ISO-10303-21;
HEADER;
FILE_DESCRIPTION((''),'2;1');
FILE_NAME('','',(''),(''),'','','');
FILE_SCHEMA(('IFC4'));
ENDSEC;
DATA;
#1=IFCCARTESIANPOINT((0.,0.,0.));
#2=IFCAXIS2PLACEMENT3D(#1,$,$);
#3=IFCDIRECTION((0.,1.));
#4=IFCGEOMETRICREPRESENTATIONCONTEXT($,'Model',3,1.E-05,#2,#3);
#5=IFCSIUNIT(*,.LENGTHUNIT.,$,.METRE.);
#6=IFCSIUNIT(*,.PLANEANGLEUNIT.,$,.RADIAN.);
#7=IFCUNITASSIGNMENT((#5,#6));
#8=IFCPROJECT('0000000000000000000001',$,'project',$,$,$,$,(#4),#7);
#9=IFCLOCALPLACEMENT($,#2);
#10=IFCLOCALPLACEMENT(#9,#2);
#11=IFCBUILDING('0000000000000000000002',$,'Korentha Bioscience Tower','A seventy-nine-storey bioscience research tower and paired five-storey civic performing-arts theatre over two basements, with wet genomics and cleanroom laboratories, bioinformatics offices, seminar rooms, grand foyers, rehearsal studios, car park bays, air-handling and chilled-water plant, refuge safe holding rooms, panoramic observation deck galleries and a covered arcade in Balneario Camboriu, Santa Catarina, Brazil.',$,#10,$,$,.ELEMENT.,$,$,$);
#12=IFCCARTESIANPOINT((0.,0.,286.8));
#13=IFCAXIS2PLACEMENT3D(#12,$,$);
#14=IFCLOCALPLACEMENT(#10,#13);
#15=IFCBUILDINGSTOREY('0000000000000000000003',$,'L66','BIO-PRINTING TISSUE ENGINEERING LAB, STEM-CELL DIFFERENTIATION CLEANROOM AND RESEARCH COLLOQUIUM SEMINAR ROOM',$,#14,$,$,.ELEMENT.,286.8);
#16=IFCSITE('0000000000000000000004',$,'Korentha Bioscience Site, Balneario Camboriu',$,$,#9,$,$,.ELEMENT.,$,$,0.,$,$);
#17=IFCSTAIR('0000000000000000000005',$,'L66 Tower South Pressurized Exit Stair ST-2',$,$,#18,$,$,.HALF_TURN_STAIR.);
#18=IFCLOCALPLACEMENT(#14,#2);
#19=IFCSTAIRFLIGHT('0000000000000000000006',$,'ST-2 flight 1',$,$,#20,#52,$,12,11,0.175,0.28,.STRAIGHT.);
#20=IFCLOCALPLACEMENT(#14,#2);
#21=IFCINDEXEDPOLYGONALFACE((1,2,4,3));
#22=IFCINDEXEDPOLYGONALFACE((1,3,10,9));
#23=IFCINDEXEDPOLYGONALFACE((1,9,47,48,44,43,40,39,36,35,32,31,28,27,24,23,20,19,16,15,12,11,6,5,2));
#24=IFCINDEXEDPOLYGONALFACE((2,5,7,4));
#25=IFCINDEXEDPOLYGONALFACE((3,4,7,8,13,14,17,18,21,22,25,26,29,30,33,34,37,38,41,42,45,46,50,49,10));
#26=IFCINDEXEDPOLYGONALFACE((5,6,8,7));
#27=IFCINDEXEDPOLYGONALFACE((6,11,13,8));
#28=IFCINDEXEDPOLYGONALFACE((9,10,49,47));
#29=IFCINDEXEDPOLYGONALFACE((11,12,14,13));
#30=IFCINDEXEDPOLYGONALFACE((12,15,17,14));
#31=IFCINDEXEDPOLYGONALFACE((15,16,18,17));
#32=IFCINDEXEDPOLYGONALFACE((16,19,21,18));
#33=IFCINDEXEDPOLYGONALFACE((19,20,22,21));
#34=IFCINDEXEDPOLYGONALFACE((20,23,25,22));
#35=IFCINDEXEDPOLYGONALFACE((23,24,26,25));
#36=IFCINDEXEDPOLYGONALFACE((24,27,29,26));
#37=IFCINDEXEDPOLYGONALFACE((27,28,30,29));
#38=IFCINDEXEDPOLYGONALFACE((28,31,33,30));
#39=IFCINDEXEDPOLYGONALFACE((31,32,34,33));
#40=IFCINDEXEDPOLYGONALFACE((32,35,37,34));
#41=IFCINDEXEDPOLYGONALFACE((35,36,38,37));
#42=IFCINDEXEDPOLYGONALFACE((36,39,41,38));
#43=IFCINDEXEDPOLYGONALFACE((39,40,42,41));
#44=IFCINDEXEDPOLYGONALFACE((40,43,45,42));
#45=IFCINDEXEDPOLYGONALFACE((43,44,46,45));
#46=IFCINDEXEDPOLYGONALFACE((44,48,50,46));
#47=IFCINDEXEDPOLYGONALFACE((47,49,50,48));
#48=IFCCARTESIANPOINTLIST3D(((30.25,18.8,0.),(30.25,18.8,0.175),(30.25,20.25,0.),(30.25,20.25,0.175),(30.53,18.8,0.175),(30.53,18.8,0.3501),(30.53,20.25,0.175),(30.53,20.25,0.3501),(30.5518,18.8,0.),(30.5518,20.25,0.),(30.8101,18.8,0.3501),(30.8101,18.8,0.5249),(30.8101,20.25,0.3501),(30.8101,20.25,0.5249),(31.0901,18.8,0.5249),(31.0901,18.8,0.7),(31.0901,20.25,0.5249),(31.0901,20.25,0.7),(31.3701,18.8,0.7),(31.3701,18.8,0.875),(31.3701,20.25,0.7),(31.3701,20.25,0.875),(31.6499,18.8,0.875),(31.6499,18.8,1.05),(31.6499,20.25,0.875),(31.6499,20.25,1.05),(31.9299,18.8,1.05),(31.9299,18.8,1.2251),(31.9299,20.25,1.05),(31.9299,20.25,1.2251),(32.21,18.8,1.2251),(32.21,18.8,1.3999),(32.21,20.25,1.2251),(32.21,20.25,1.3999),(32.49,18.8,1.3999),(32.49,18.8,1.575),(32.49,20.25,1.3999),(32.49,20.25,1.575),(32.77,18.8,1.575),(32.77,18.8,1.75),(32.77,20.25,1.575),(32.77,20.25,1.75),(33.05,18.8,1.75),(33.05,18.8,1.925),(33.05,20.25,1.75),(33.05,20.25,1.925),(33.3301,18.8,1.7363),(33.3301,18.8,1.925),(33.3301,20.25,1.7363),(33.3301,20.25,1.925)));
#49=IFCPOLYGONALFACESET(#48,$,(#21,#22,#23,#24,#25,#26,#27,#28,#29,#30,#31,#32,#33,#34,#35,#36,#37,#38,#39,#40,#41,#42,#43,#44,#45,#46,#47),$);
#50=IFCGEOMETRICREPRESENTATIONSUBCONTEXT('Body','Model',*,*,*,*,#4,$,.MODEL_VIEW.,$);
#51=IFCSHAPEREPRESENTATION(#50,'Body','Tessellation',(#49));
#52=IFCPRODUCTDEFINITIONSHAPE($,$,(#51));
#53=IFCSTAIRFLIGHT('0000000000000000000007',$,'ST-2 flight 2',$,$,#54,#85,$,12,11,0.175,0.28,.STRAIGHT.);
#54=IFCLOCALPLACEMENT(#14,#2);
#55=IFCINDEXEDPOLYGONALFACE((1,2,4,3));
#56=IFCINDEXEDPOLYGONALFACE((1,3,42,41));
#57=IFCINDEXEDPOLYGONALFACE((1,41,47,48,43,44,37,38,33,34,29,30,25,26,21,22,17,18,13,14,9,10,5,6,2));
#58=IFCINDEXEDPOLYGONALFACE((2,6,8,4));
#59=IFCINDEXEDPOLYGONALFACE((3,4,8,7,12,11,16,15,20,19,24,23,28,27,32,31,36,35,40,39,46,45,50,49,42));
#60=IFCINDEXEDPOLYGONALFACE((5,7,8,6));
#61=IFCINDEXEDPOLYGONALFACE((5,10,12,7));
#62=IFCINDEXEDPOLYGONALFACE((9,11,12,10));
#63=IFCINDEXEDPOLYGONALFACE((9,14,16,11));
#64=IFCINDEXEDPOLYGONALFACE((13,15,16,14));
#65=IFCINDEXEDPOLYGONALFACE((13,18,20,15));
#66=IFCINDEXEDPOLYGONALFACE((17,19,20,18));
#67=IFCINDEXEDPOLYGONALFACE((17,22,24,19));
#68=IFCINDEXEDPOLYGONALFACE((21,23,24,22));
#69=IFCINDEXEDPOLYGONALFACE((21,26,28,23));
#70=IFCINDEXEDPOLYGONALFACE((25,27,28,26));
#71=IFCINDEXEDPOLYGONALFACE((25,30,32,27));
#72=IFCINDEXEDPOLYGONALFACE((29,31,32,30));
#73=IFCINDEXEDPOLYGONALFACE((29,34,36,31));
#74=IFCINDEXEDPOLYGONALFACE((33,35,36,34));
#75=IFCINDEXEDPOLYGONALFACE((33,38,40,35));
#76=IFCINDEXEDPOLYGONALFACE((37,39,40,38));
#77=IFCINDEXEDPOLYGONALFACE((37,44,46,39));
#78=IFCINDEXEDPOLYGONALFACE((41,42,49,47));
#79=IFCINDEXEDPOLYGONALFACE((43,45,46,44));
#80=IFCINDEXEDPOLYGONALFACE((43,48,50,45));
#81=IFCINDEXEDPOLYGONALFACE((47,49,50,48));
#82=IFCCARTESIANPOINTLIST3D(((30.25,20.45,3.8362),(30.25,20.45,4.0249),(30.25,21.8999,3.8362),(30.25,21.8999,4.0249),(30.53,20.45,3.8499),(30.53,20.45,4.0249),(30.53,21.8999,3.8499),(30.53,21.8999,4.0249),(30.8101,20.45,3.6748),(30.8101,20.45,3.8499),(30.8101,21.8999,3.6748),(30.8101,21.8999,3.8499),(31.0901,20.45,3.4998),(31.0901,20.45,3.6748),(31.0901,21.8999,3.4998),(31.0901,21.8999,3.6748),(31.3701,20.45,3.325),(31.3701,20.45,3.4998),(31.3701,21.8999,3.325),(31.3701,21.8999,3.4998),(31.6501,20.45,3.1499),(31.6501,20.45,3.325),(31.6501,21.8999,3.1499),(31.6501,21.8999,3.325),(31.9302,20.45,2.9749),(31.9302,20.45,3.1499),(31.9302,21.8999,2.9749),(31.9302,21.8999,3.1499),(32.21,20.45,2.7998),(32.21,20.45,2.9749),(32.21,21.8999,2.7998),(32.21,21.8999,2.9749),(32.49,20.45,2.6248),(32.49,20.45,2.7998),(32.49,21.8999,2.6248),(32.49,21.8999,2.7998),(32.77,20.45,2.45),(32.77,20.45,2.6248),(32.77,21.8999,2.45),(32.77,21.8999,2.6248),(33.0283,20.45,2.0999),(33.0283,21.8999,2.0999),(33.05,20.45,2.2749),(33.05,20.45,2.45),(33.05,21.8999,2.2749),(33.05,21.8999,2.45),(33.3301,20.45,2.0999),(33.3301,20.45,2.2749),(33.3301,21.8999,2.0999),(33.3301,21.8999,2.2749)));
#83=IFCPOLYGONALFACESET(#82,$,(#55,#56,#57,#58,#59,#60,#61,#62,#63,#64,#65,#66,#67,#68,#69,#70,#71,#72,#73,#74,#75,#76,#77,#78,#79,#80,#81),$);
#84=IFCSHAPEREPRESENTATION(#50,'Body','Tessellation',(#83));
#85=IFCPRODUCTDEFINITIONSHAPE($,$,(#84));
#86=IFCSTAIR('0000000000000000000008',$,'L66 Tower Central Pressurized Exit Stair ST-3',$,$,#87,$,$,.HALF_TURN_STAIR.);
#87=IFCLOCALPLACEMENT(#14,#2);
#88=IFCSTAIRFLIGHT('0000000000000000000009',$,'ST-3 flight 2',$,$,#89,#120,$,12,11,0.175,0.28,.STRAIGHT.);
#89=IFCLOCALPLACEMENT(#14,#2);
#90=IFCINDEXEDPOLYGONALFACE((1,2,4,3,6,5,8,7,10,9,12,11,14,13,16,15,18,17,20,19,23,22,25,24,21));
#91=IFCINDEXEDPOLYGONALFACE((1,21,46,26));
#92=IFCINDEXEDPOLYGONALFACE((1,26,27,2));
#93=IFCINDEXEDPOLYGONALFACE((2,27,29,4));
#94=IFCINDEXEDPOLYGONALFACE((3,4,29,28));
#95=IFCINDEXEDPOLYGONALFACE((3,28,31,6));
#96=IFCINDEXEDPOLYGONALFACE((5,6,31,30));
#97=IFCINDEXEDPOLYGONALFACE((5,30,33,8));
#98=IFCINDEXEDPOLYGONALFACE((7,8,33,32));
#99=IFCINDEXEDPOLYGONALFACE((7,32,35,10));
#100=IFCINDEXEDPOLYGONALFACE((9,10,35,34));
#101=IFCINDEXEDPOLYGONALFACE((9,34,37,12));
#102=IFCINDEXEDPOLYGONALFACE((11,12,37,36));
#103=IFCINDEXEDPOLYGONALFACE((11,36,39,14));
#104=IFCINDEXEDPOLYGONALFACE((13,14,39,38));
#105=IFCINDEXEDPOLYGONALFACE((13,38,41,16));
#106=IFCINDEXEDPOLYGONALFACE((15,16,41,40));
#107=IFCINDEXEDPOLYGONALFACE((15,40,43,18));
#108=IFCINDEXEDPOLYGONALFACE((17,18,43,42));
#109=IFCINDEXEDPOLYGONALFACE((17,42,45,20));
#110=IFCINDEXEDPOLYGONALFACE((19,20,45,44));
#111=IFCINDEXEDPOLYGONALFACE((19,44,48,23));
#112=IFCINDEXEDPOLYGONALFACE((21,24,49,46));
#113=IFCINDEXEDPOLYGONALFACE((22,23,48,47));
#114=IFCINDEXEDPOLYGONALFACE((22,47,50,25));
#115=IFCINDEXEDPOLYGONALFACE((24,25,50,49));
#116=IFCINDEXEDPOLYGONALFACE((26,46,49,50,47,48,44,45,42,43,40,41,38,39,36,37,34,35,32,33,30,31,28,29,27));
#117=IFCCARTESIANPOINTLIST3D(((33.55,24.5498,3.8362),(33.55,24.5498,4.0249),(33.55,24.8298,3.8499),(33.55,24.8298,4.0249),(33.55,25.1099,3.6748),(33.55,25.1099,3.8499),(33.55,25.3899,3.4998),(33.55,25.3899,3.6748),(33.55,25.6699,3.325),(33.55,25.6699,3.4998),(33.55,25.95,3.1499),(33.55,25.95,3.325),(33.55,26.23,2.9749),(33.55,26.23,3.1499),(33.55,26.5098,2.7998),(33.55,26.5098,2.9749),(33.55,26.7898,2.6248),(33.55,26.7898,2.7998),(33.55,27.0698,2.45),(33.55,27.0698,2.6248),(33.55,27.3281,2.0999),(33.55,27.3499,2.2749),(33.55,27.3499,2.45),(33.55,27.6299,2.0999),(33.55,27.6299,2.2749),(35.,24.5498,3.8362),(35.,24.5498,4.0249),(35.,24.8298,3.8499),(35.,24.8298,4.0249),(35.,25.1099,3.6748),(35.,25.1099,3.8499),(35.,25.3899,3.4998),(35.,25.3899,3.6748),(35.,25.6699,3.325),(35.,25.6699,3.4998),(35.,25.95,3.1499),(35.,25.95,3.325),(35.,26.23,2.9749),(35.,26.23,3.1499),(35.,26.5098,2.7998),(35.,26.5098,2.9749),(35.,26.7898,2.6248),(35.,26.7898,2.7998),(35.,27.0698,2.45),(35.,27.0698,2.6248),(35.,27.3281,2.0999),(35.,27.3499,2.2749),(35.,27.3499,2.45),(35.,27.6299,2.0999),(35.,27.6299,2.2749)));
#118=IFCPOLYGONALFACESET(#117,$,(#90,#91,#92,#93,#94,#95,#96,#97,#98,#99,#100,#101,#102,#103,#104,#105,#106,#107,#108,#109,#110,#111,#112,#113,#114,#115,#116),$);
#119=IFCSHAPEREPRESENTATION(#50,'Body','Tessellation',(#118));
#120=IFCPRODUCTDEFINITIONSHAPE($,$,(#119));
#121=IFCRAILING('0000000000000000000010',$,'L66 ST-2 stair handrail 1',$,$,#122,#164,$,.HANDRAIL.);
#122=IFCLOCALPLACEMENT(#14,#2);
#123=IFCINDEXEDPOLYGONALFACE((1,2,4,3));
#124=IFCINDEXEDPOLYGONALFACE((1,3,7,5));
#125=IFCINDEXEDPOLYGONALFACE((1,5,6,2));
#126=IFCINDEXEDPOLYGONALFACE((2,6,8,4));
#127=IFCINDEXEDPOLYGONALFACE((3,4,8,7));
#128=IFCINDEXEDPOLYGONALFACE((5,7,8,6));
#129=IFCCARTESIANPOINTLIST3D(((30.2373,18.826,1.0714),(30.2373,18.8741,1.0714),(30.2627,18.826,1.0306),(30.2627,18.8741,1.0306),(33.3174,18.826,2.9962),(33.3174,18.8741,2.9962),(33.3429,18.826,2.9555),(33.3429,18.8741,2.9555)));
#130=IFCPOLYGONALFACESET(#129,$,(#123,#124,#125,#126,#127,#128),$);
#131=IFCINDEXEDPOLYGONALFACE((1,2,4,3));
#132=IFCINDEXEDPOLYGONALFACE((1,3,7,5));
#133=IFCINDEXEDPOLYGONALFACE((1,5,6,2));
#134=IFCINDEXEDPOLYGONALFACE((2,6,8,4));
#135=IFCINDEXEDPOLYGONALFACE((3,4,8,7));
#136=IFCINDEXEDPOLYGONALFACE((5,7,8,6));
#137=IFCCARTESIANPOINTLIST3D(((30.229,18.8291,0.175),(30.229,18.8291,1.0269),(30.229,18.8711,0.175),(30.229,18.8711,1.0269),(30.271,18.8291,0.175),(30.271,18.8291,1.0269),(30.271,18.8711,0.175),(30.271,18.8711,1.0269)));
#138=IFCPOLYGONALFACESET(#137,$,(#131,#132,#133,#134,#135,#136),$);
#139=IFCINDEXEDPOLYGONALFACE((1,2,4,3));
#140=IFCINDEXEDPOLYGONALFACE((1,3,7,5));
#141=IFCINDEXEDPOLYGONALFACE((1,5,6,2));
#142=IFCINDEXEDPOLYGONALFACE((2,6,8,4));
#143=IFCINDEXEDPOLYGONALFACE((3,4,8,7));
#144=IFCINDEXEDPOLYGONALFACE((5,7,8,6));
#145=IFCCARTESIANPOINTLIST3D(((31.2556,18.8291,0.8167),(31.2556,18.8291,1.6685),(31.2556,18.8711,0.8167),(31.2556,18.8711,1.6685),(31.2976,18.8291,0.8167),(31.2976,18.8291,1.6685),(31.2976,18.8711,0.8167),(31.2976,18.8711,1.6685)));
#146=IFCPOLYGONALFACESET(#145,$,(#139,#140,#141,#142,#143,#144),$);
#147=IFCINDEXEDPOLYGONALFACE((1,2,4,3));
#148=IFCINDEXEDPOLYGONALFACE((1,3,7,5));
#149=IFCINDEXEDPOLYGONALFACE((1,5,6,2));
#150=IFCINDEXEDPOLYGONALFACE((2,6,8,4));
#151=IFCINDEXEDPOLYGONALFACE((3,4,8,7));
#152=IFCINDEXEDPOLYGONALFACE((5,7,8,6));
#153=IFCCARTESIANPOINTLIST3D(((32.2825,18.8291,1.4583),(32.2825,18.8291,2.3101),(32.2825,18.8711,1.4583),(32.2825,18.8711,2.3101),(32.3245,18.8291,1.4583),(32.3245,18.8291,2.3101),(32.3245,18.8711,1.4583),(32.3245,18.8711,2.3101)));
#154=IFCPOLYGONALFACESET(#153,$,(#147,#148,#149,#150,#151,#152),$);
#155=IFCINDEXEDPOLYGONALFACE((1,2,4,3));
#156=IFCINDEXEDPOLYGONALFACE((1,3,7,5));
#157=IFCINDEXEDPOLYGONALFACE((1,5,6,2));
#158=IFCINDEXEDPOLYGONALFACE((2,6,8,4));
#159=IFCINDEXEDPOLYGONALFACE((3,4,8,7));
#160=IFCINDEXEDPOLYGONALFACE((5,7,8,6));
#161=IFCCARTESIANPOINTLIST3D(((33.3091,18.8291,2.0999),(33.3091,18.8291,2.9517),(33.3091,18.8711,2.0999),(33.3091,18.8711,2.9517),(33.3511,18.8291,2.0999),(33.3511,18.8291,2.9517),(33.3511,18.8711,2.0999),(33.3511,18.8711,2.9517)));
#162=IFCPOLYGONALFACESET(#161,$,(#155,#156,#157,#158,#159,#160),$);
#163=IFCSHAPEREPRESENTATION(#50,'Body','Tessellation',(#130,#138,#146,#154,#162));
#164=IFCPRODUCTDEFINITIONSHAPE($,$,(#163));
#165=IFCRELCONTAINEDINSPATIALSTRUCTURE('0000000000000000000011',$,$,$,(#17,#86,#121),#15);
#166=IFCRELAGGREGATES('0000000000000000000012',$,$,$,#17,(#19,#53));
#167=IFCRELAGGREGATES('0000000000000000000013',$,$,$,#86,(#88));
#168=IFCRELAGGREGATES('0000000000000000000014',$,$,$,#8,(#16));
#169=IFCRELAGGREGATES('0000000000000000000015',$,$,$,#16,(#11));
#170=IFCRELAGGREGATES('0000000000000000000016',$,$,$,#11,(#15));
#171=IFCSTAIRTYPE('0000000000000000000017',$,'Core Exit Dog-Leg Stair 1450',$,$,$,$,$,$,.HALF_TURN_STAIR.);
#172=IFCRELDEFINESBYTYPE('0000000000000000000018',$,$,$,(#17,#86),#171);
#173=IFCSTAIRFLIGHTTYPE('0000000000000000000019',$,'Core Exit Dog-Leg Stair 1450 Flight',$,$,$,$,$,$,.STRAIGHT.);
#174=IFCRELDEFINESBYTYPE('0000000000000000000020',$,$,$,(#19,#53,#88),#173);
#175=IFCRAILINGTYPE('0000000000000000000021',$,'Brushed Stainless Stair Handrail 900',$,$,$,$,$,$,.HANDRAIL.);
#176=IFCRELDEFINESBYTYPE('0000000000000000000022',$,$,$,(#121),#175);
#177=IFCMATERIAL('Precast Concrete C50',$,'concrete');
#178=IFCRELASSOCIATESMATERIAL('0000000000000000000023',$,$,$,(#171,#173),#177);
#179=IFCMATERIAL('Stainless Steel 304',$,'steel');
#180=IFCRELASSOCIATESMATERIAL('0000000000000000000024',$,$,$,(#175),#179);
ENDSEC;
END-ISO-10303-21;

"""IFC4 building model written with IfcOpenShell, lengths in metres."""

from ifc_helpers import new_model, si_unit, direction, frame, origin, origin_2d, place, context, subcontext, project, spatial, polyline, rectangle, outline, extrude, material, type_object, element, aggregate, save


model = new_model("IFC4")

# Units and contexts
model_context = context("Model", 3, precision=1e-05, world=origin(), true_north=direction((0.0, 1.0)))
body_context = subcontext(model_context, "Body", "Model", "MODEL_VIEW")
ifc_project = project(units=[si_unit("LENGTHUNIT", "METRE"), si_unit("PLANEANGLEUNIT", "RADIAN")], contexts=[model_context])

# Site, building, storey
site_placement = place(None, origin())
site = spatial("IfcSite", under=ifc_project, at=site_placement, Name="Korentha Bioscience Site, Balneario Camboriu", CompositionType="ELEMENT", RefElevation=0.0)
building_placement = place(site_placement, origin())
building = spatial("IfcBuilding", under=site, at=building_placement, Name="Korentha Bioscience Tower", Description="A seventy-nine-storey bioscience research tower and paired five-storey civic performing-arts theatre over two basements, with wet genomics and cleanroom laboratories, bioinformatics offices, seminar rooms, grand foyers, rehearsal studios, car park bays, air-handling and chilled-water plant, refuge safe holding rooms, panoramic observation deck galleries and a covered arcade in Balneario Camboriu, Santa Catarina, Brazil.", CompositionType="ELEMENT")
storey_placement = place(building_placement, frame((0.0, 0.0, 286.8)))
storey = spatial("IfcBuildingStorey", under=building, at=storey_placement, Name="L66", Description="BIO-PRINTING TISSUE ENGINEERING LAB, STEM-CELL DIFFERENTIATION CLEANROOM AND RESEARCH COLLOQUIUM SEMINAR ROOM", CompositionType="ELEMENT", Elevation=286.8)

# Stair, stair flights
ifc_material_1 = material(Name="Precast Concrete C50", Category="concrete")
stair_type = type_object("IfcStairType", Name="Core Exit Dog-Leg Stair 1450", PredefinedType="HALF_TURN_STAIR", material=ifc_material_1)
stair_1_placement = place(storey_placement, origin())
stair_1 = element("IfcStair", 1, at=stair_1_placement, inside=storey, type_object=stair_type, Name="L66 Tower South Pressurized Exit Stair ST-2", PredefinedType="HALF_TURN_STAIR")
stair_flight_type = type_object("IfcStairFlightType", Name="Core Exit Dog-Leg Stair 1450 Flight", PredefinedType="STRAIGHT", material=ifc_material_1)
stair_flight_1_placement = place(storey_placement, frame((30.25, 19.5249, 0.0), z_axis=(0.0, 0.0, 1.0), x_axis=(1.0, 0.0, 0.0)))
stair_flight_1 = element("IfcStairFlight", 2, at=stair_flight_1_placement, type_object=stair_flight_type, Name="ST-2 flight 1", NumberOfRisers=12, NumberOfTreads=11, PredefinedType="STRAIGHT", RiserHeight=0.175, TreadLength=0.28, context=body_context, shape_type="SweptSolid", body=[
    extrude(outline(polyline([(0.0, 0.0), (0.0, 0.175), (0.28, 0.175), (0.28, 0.3501), (0.5601, 0.3501), (0.5601, 0.5249), (0.8401, 0.5249), (0.8401, 0.7), (1.1201, 0.7), (1.1201, 0.875), (1.3999, 0.875), (1.3999, 1.05), (1.6799, 1.05), (1.6799, 1.2251), (1.96, 1.2251), (1.96, 1.3999), (2.24, 1.3999), (2.24, 1.575), (2.52, 1.575), (2.52, 1.75), (2.8, 1.75), (2.8, 1.925), (3.0801, 1.925), (3.0801, 2.1001), (3.0801, 1.7363), (0.3018, 0.0), (0.0, 0.0)])), frame((0.0, 0.7251, 0.0), z_axis=(0.0, -1.0, 0.0), x_axis=(1.0, 0.0, 0.0)), (0.0, 0.0, 1.0), 1.45),
])
stair_flight_2_placement = place(storey_placement, frame((33.3301, 21.175, 2.0999), z_axis=(0.0, 0.0, 1.0), x_axis=(-1.0, 0.0, 0.0)))
stair_flight_2 = element("IfcStairFlight", 3, at=stair_flight_2_placement, type_object=stair_flight_type, Name="ST-2 flight 2", NumberOfRisers=12, NumberOfTreads=11, PredefinedType="STRAIGHT", RiserHeight=0.175, TreadLength=0.28, context=body_context, shape_type="SweptSolid", body=[
    extrude(outline(polyline([(0.0, 0.0), (0.0, 0.175), (0.28, 0.175), (0.28, 0.3501), (0.5601, 0.3501), (0.5601, 0.5249), (0.8401, 0.5249), (0.8401, 0.7), (1.1201, 0.7), (1.1201, 0.875), (1.3999, 0.875), (1.3999, 1.05), (1.6799, 1.05), (1.6799, 1.2251), (1.96, 1.2251), (1.96, 1.3999), (2.24, 1.3999), (2.24, 1.575), (2.52, 1.575), (2.52, 1.75), (2.8, 1.75), (2.8, 1.925), (3.0801, 1.925), (3.0801, 2.1001), (3.0801, 1.7363), (0.3018, 0.0), (0.0, 0.0)])), frame((0.0, 0.7251, 0.0), z_axis=(0.0, -1.0, 0.0), x_axis=(1.0, 0.0, 0.0)), (0.0, 0.0, 1.0), 1.45),
])
aggregate(stair_1, [stair_flight_1, stair_flight_2])

# Stair, stair flight
stair_2_placement = place(storey_placement, origin())
stair_2 = element("IfcStair", 4, at=stair_2_placement, inside=storey, type_object=stair_type, Name="L66 Tower Central Pressurized Exit Stair ST-3", PredefinedType="HALF_TURN_STAIR")
stair_flight_3_placement = place(storey_placement, frame((34.2749, 27.6299, 2.0999), z_axis=(0.0, 0.0, 1.0), x_axis=(0.0, -1.0, 0.0)))
stair_flight_3 = element("IfcStairFlight", 5, at=stair_flight_3_placement, type_object=stair_flight_type, Name="ST-3 flight 2", NumberOfRisers=12, NumberOfTreads=11, PredefinedType="STRAIGHT", RiserHeight=0.175, TreadLength=0.28, context=body_context, shape_type="SweptSolid", body=[
    extrude(outline(polyline([(0.0, 0.0), (0.0, 0.175), (0.28, 0.175), (0.28, 0.3501), (0.5601, 0.3501), (0.5601, 0.5249), (0.8401, 0.5249), (0.8401, 0.7), (1.1201, 0.7), (1.1201, 0.875), (1.3999, 0.875), (1.3999, 1.05), (1.6799, 1.05), (1.6799, 1.2251), (1.96, 1.2251), (1.96, 1.3999), (2.24, 1.3999), (2.24, 1.575), (2.52, 1.575), (2.52, 1.75), (2.8, 1.75), (2.8, 1.925), (3.0801, 1.925), (3.0801, 2.1001), (3.0801, 1.7363), (0.3018, 0.0), (0.0, 0.0)])), frame((0.0, 0.7251, 0.0), z_axis=(0.0, -1.0, 0.0), x_axis=(1.0, 0.0, 0.0)), (0.0, 0.0, 1.0), 1.45),
])
aggregate(stair_2, [stair_flight_3])

# Railing
ifc_material_2 = material(Name="Stainless Steel 304", Category="steel")
railing_type_1 = type_object("IfcRailingType", Name="Brushed Stainless Stair Handrail 900", PredefinedType="HANDRAIL", material=ifc_material_2)
railing_1_placement = place(storey_placement, frame((30.25, 18.8501, 0.175)))
element("IfcRailing", 6, at=railing_1_placement, inside=storey, type_object=railing_type_1, Name="L66 ST-2 stair handrail 1", PredefinedType="HANDRAIL", context=body_context, shape_type="SweptSolid", body=[
    extrude(rectangle(XDim=0.0481, YDim=0.0481, at=origin_2d()), frame((0.0, 0.0, 0.876), z_axis=(0.848029, 0.0, 0.529951), x_axis=(0.0, 1.0, 0.0)), (0.0, 0.0, 1.0), 3.6321),
    extrude(rectangle(XDim=0.042, YDim=0.042, at=origin_2d()), origin(), (0.0, 0.0, 1.0), 0.8518),
    extrude(rectangle(XDim=0.042, YDim=0.042, at=origin_2d()), frame((1.0266, 0.0, 0.6416)), (0.0, 0.0, 1.0), 0.8518),
    extrude(rectangle(XDim=0.042, YDim=0.042, at=origin_2d()), frame((2.0535, 0.0, 1.2832)), (0.0, 0.0, 1.0), 0.8518),
    extrude(rectangle(XDim=0.042, YDim=0.042, at=origin_2d()), frame((3.0801, 0.0, 1.9248)), (0.0, 0.0, 1.0), 0.8518),
])

save(model, "model.ifc")
